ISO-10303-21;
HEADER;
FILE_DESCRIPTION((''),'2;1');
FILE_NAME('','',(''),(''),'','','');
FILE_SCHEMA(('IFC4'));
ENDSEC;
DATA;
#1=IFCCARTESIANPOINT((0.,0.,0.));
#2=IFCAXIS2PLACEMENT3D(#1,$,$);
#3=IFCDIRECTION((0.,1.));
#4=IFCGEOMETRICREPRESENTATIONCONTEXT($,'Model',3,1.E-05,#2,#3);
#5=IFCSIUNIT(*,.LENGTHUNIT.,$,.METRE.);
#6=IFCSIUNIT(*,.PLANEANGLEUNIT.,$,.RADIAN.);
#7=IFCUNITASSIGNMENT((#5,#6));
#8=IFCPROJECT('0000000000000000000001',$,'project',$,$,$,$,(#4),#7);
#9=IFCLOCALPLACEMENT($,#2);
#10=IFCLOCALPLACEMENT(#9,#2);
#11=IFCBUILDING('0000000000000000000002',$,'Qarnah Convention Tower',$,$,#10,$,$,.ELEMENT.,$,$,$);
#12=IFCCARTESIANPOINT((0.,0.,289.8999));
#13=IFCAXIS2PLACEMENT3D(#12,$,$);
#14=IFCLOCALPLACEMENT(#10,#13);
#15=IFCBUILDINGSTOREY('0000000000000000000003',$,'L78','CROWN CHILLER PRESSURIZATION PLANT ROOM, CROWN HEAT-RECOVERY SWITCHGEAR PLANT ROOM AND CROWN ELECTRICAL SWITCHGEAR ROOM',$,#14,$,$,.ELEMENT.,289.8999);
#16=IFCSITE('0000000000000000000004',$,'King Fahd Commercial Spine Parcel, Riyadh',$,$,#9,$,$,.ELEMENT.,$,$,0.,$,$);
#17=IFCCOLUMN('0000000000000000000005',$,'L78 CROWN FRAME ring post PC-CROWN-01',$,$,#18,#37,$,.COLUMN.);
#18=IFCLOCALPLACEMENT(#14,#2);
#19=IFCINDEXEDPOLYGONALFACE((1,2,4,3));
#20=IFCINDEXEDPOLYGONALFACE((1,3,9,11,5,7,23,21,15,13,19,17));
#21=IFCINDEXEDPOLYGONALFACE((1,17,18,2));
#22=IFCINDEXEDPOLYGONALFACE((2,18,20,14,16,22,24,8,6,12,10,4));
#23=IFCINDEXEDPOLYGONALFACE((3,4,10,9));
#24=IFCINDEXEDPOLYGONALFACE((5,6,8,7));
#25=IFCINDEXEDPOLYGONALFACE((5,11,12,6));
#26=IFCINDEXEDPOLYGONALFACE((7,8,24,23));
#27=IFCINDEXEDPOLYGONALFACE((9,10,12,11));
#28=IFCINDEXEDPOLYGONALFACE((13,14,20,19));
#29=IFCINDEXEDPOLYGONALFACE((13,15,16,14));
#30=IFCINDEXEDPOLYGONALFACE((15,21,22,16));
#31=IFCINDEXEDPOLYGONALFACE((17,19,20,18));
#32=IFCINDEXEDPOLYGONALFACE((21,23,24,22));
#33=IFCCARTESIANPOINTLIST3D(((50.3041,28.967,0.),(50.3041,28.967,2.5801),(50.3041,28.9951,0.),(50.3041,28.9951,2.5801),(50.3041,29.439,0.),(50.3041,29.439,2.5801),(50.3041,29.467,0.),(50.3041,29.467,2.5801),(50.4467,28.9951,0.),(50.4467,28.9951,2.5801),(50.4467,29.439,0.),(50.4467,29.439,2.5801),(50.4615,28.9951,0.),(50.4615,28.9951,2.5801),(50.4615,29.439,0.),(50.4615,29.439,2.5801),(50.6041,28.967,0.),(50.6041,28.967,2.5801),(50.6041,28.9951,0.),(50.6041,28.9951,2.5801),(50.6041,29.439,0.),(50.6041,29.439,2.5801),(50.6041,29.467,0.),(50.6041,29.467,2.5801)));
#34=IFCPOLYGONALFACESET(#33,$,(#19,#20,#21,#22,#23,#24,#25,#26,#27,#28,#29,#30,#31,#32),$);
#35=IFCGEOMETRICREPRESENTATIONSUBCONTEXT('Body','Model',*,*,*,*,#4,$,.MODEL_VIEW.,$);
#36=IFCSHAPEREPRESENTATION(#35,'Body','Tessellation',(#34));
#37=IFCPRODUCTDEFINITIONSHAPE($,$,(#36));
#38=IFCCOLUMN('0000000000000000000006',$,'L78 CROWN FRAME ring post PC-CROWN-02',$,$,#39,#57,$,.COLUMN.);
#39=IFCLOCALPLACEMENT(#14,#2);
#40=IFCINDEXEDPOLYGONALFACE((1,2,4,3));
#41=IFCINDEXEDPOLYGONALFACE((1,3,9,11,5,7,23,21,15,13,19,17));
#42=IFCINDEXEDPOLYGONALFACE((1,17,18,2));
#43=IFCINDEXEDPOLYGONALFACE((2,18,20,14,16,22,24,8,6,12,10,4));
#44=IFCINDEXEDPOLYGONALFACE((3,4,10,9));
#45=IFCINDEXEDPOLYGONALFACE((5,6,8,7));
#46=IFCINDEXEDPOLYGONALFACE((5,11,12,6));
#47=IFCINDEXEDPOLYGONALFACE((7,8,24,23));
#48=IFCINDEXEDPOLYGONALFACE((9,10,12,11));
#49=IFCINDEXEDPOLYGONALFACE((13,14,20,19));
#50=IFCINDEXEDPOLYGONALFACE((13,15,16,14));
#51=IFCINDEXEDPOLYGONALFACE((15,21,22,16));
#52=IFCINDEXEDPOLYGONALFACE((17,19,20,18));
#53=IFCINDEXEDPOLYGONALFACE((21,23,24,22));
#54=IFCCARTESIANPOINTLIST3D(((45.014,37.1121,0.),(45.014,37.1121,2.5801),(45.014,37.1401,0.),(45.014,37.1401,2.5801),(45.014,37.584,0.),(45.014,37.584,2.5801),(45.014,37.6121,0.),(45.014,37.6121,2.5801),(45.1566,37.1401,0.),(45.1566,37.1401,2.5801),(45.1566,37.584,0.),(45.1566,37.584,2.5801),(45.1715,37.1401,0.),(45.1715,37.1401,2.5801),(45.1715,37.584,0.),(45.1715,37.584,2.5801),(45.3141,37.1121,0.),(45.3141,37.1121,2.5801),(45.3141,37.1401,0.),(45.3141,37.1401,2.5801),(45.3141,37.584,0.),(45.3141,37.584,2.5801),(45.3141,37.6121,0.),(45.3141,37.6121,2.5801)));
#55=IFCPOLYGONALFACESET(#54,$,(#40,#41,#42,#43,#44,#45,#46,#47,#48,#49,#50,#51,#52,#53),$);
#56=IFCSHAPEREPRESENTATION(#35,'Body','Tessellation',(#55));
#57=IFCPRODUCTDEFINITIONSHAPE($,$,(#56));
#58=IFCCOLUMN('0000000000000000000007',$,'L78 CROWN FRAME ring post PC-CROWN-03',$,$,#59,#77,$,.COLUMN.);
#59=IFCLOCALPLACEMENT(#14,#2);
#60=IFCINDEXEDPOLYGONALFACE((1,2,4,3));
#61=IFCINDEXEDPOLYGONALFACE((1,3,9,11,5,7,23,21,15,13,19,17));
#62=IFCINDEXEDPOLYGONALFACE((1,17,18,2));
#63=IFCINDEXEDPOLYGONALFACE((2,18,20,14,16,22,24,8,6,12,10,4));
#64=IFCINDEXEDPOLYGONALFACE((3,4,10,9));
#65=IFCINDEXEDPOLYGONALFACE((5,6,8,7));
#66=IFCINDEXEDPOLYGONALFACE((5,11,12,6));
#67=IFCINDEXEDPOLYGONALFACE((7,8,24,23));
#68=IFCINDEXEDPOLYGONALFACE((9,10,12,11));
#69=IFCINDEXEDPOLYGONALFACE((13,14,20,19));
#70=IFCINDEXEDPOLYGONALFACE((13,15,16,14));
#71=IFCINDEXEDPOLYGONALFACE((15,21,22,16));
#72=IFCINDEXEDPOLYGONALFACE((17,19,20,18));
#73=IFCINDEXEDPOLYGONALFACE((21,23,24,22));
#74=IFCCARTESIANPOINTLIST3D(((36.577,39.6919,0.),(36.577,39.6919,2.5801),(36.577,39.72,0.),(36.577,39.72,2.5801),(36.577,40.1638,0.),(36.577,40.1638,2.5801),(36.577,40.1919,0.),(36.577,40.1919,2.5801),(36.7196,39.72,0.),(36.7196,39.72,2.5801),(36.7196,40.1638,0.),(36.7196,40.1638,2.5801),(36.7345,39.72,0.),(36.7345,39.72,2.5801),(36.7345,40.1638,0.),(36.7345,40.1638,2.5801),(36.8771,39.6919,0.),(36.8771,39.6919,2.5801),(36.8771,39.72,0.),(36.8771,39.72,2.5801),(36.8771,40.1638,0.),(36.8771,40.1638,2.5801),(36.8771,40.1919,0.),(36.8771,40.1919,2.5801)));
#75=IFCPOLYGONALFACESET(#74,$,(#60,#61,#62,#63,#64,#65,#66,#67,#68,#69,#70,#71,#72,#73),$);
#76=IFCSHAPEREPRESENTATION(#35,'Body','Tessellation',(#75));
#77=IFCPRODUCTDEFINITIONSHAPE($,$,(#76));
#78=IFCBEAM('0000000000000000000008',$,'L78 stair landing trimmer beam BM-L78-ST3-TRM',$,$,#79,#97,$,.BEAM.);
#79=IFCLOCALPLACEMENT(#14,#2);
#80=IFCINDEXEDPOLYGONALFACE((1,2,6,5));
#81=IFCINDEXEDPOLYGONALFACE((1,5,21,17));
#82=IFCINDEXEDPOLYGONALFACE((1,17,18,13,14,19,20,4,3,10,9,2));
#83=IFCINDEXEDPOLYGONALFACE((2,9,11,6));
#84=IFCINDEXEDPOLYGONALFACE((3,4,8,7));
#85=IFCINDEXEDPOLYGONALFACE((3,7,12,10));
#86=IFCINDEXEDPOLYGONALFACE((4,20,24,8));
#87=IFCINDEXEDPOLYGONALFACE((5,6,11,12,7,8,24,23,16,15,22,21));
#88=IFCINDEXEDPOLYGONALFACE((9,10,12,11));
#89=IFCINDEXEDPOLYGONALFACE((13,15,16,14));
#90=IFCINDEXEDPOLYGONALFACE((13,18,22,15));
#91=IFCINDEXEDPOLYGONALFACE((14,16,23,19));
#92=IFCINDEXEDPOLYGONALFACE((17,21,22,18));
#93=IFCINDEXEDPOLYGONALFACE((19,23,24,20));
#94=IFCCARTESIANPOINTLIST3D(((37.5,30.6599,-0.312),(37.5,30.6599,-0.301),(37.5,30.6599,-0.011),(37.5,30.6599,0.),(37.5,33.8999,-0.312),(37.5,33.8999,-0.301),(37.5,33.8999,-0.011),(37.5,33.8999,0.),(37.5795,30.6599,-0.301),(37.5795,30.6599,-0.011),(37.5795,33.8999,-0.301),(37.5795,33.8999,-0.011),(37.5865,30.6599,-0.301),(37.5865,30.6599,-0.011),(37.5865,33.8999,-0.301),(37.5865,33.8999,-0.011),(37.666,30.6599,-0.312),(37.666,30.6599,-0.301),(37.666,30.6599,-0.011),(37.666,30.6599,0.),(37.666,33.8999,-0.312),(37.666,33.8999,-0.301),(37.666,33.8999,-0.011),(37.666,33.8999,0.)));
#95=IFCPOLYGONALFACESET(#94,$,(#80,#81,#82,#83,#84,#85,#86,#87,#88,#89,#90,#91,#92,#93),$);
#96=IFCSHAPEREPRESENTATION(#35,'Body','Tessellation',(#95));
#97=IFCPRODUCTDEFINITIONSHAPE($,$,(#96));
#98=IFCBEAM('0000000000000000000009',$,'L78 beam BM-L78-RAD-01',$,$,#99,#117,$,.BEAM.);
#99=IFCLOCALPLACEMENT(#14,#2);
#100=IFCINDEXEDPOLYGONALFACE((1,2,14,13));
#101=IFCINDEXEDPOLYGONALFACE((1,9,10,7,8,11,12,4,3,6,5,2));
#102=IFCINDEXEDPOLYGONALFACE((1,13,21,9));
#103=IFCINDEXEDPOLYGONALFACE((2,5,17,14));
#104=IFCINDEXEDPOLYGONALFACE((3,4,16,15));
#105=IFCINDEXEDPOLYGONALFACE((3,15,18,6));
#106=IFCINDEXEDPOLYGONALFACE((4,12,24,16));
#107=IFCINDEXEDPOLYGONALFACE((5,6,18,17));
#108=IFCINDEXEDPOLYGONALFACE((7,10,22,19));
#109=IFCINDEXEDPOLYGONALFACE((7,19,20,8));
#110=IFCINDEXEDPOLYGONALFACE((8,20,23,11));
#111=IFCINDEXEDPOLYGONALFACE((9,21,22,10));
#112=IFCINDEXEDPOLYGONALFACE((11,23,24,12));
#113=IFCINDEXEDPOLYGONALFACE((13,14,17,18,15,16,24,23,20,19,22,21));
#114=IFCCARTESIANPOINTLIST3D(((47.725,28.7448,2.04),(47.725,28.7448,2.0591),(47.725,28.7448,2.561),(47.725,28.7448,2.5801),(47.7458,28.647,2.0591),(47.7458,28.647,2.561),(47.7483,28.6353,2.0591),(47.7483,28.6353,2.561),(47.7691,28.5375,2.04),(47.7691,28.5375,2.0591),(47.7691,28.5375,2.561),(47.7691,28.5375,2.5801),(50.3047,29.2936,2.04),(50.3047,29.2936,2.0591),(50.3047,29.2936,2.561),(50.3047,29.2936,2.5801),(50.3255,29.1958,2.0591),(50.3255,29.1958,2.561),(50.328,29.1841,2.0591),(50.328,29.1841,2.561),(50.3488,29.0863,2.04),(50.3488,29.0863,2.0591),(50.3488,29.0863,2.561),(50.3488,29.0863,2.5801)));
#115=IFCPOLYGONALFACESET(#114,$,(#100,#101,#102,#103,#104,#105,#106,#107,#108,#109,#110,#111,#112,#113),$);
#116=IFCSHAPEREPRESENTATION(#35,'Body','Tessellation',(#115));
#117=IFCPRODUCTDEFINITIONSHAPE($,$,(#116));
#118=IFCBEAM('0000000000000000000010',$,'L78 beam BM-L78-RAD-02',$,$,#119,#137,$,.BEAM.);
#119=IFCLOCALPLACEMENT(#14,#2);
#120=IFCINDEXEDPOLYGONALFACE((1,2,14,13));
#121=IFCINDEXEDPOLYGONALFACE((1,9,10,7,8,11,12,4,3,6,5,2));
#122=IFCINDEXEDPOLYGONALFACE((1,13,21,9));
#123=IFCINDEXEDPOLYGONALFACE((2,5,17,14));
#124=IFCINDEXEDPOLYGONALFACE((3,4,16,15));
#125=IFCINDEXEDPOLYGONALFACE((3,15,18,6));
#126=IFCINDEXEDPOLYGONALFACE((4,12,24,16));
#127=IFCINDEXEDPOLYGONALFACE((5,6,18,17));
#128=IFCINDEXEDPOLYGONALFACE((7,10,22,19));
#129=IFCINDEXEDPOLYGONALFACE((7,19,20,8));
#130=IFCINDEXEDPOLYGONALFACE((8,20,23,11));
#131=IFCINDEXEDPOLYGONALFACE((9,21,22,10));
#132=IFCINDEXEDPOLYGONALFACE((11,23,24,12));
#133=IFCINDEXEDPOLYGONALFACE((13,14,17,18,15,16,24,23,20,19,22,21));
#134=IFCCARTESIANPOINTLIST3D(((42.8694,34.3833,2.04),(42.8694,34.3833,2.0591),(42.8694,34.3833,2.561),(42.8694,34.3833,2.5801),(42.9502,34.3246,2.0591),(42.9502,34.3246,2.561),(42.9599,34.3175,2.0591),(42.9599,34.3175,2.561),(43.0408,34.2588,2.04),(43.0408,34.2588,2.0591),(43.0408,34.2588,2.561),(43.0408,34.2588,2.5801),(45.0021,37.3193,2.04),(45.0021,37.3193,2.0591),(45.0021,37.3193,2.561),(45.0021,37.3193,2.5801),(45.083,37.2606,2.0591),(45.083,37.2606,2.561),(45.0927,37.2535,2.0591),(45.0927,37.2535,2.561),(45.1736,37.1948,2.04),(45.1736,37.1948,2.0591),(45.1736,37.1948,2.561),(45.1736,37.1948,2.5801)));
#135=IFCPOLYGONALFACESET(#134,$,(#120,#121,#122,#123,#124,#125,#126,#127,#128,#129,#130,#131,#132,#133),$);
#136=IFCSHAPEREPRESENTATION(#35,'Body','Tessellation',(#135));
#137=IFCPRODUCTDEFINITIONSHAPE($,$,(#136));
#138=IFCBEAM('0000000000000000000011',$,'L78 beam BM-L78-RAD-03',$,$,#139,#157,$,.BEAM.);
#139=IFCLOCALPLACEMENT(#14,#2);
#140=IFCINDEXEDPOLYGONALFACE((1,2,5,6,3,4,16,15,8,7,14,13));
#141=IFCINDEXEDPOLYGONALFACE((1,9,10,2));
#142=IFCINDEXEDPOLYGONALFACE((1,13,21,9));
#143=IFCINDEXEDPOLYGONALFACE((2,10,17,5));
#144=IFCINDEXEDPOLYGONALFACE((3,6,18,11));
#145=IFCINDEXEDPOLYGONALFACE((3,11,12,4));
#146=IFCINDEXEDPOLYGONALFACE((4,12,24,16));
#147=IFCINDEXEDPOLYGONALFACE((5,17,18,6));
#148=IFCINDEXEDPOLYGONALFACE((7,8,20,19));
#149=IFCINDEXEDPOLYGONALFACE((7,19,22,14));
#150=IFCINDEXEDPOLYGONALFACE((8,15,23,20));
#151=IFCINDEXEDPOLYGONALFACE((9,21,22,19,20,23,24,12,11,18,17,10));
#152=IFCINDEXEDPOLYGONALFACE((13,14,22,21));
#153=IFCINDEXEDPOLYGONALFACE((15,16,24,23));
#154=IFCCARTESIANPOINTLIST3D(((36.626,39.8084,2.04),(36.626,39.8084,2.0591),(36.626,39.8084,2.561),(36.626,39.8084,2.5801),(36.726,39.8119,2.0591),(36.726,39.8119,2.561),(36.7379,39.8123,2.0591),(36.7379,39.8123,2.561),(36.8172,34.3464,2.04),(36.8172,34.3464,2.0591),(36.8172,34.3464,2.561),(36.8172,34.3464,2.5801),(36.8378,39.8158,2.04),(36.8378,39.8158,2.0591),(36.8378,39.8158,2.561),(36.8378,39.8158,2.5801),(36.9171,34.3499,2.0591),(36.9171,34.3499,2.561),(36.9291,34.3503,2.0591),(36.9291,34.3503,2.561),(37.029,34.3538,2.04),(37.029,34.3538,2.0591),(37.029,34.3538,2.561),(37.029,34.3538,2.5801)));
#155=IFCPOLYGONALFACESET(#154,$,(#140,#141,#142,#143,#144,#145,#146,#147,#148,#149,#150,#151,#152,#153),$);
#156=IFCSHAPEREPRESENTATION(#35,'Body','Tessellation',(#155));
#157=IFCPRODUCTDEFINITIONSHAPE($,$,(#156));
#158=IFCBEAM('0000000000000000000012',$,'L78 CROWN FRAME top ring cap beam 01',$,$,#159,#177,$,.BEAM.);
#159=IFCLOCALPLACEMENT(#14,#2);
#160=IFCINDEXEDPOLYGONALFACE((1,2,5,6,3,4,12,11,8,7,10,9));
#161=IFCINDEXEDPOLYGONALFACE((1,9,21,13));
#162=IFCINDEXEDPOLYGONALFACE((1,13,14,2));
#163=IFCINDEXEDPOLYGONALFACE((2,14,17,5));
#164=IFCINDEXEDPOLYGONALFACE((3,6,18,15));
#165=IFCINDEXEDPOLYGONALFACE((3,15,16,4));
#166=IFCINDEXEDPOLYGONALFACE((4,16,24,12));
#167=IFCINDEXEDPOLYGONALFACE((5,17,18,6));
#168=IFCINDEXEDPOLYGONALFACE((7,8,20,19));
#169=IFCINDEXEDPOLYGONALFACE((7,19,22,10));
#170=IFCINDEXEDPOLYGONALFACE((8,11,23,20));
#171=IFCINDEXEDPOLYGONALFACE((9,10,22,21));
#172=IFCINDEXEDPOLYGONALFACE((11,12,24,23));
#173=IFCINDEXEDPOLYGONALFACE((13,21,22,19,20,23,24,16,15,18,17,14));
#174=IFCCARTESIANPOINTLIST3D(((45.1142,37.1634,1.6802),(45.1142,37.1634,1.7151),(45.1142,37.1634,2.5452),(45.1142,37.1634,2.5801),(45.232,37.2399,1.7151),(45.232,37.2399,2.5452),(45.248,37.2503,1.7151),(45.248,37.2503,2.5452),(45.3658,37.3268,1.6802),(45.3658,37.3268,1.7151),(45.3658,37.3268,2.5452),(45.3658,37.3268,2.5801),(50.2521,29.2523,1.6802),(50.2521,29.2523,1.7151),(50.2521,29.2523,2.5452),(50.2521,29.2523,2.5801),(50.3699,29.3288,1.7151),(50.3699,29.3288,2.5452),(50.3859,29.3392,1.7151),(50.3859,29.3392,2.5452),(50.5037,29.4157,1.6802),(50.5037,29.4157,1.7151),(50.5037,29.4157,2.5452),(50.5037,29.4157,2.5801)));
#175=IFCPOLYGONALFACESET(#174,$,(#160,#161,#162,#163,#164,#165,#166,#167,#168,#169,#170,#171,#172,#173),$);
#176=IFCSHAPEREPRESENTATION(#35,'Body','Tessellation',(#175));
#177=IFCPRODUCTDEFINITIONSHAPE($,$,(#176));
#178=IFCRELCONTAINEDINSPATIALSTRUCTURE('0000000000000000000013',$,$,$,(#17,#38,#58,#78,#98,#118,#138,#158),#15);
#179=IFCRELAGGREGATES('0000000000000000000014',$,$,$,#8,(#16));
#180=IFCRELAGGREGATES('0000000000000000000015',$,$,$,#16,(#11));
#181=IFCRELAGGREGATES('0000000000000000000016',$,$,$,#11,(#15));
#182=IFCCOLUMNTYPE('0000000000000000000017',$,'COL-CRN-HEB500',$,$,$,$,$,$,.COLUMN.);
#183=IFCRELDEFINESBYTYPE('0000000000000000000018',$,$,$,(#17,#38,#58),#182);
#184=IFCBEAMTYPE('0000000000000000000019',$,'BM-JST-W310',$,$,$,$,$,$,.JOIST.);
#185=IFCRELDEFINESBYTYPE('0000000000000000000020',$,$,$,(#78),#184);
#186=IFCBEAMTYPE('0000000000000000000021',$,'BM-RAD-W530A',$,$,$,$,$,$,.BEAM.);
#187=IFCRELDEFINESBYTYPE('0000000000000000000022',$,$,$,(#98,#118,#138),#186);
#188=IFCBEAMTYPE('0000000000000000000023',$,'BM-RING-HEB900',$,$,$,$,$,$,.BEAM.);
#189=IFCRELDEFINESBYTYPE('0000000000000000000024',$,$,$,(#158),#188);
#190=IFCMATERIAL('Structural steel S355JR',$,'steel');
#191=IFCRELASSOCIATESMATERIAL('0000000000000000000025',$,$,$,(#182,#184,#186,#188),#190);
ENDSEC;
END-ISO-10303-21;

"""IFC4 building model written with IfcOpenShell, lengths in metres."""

from ifc_helpers import new_model, si_unit, direction, frame, origin, origin_2d, place, context, subcontext, project, spatial, i_section, extrude, material, material_profile, profile_set, type_object, element, save


model = new_model("IFC4")

# Units and contexts
model_context = context("Model", 3, precision=1e-05, world=origin(), true_north=direction((0.0, 1.0)))
body_context = subcontext(model_context, "Body", "Model", "MODEL_VIEW")
ifc_project = project(units=[si_unit("LENGTHUNIT", "METRE"), si_unit("PLANEANGLEUNIT", "RADIAN")], contexts=[model_context])

# Site, building, storey
site_placement = place(None, origin())
site = spatial("IfcSite", under=ifc_project, at=site_placement, Name="King Fahd Commercial Spine Parcel, Riyadh", CompositionType="ELEMENT", RefElevation=0.0)
building_placement = place(site_placement, origin())
building = spatial("IfcBuilding", under=site, at=building_placement, Name="Qarnah Convention Tower", CompositionType="ELEMENT")
storey_placement = place(building_placement, frame((0.0, 0.0, 289.8999)))
storey = spatial("IfcBuildingStorey", under=building, at=storey_placement, Name="L78", Description="CROWN CHILLER PRESSURIZATION PLANT ROOM, CROWN HEAT-RECOVERY SWITCHGEAR PLANT ROOM AND CROWN ELECTRICAL SWITCHGEAR ROOM", CompositionType="ELEMENT", Elevation=289.8999)

# Columns
ifc_material_1 = material(Name="Structural steel S355JR", Category="steel")
ifc_material_profile_1 = material_profile(ifc_material_1, i_section(OverallWidth=0.3, OverallDepth=0.5, WebThickness=0.0149, FlangeThickness=0.0281, at=origin_2d()), Name="HEB500")
ifc_profile_set_1 = profile_set([ifc_material_profile_1], Name="Structural steel S355JR")
column_type = type_object("IfcColumnType", Name="COL-CRN-HEB500", PredefinedType="COLUMN", material=ifc_profile_set_1)
for number, where, z_axis, x_axis, name in (
    (1, (50.4541, 29.217, 0.0), (0.0, 0.0, 1.0), (1.0, 0.0, 0.0), "L78 CROWN FRAME ring post PC-CROWN-01"),
    (2, (45.1641, 37.3621, 0.0), (0.0, 0.0, 1.0), (1.0, 0.0, 0.0), "L78 CROWN FRAME ring post PC-CROWN-02"),
    (3, (36.7271, 39.9419, 0.0), (0.0, 0.0, 1.0), (1.0, 0.0, 0.0), "L78 CROWN FRAME ring post PC-CROWN-03"),
):
    element("IfcColumn", number, at=place(storey_placement, frame(where, z_axis=z_axis, x_axis=x_axis)), inside=storey, type_object=column_type, Name=name, PredefinedType="COLUMN", context=body_context, shape_type="SweptSolid", body=[
        extrude(i_section(OverallWidth=0.3, OverallDepth=0.5, WebThickness=0.0149, FlangeThickness=0.0281, at=origin_2d()), origin(), (0.0, 0.0, 1.0), 2.5801),
    ])

# Beams
ifc_material_profile_2 = material_profile(ifc_material_1, i_section(OverallWidth=0.166, OverallDepth=0.312, WebThickness=0.0071, FlangeThickness=0.011, at=origin_2d()), Name="W310X45")
ifc_profile_set_2 = profile_set([ifc_material_profile_2], Name="Structural steel S355JR")
beam_type_1 = type_object("IfcBeamType", Name="BM-JST-W310", PredefinedType="JOIST", material=ifc_profile_set_2)
beam_1_placement = place(storey_placement, frame((37.583, 30.6599, -0.156), z_axis=(0.0, 1.0, 0.0), x_axis=(-1.0, 0.0, 0.0)))
element("IfcBeam", 4, at=beam_1_placement, inside=storey, type_object=beam_type_1, Name="L78 stair landing trimmer beam BM-L78-ST3-TRM", PredefinedType="BEAM", context=body_context, shape_type="SweptSolid", body=[
    extrude(i_section(OverallWidth=0.166, OverallDepth=0.312, WebThickness=0.0071, FlangeThickness=0.011, at=origin_2d()), origin(), (0.0, 0.0, 1.0), 3.24),
])
ifc_material_profile_3 = material_profile(ifc_material_1, i_section(OverallWidth=0.2119, OverallDepth=0.54, WebThickness=0.012, FlangeThickness=0.019, at=origin_2d()), Name="W530X109")
ifc_profile_set_3 = profile_set([ifc_material_profile_3], Name="Structural steel S355JR")
beam_type_2 = type_object("IfcBeamType", Name="BM-RAD-W530A", PredefinedType="BEAM", material=ifc_profile_set_3)
beam_2_placement = place(storey_placement, frame((47.7471, 28.6411, 2.3101), z_axis=(0.978112, 0.208081, 0.0), x_axis=(-0.208081, 0.978112, 0.0)))
element("IfcBeam", 5, at=beam_2_placement, inside=storey, type_object=beam_type_2, Name="L78 beam BM-L78-RAD-01", PredefinedType="BEAM", context=body_context, shape_type="SweptSolid", body=[
    extrude(i_section(OverallWidth=0.2119, OverallDepth=0.54, WebThickness=0.012, FlangeThickness=0.019, at=origin_2d()), origin(), (0.0, 0.0, 1.0), 2.6375),
])
beam_3_placement = place(storey_placement, frame((42.9551, 34.321, 2.3101), z_axis=(0.587724, 0.809062, 0.0), x_axis=(-0.809062, 0.587724, 0.0)))
element("IfcBeam", 6, at=beam_3_placement, inside=storey, type_object=beam_type_2, Name="L78 beam BM-L78-RAD-02", PredefinedType="BEAM", context=body_context, shape_type="SweptSolid", body=[
    extrude(i_section(OverallWidth=0.2119, OverallDepth=0.54, WebThickness=0.012, FlangeThickness=0.019, at=origin_2d()), origin(), (0.0, 0.0, 1.0), 3.6289),
])
beam_4_placement = place(storey_placement, frame((36.9231, 34.3501, 2.3101), z_axis=(-0.034978, 0.999388, 0.0), x_axis=(-0.999388, -0.034978, 0.0)))
element("IfcBeam", 7, at=beam_4_placement, inside=storey, type_object=beam_type_2, Name="L78 beam BM-L78-RAD-03", PredefinedType="BEAM", context=body_context, shape_type="SweptSolid", body=[
    extrude(i_section(OverallWidth=0.2119, OverallDepth=0.54, WebThickness=0.012, FlangeThickness=0.019, at=origin_2d()), origin(), (0.0, 0.0, 1.0), 5.4653),
])
ifc_material_profile_4 = material_profile(ifc_material_1, i_section(OverallWidth=0.3, OverallDepth=0.8999, WebThickness=0.019, FlangeThickness=0.0349, at=origin_2d()), Name="HEB900")
ifc_profile_set_4 = profile_set([ifc_material_profile_4], Name="Structural steel S355JR")
beam_type_3 = type_object("IfcBeamType", Name="BM-RING-HEB900", PredefinedType="BEAM", material=ifc_profile_set_4)
beam_5_placement = place(storey_placement, frame((50.3779, 29.334, 2.1301), z_axis=(-0.544668, 0.838652, 0.0), x_axis=(-0.838652, -0.544668, 0.0)))
element("IfcBeam", 8, at=beam_5_placement, inside=storey, type_object=beam_type_3, Name="L78 CROWN FRAME top ring cap beam 01", PredefinedType="BEAM", context=body_context, shape_type="SweptSolid", body=[
    extrude(i_section(OverallWidth=0.3, OverallDepth=0.8999, WebThickness=0.019, FlangeThickness=0.0349, at=origin_2d()), origin(), (0.0, 0.0, 1.0), 9.4331),
])

save(model, "model.ifc")
